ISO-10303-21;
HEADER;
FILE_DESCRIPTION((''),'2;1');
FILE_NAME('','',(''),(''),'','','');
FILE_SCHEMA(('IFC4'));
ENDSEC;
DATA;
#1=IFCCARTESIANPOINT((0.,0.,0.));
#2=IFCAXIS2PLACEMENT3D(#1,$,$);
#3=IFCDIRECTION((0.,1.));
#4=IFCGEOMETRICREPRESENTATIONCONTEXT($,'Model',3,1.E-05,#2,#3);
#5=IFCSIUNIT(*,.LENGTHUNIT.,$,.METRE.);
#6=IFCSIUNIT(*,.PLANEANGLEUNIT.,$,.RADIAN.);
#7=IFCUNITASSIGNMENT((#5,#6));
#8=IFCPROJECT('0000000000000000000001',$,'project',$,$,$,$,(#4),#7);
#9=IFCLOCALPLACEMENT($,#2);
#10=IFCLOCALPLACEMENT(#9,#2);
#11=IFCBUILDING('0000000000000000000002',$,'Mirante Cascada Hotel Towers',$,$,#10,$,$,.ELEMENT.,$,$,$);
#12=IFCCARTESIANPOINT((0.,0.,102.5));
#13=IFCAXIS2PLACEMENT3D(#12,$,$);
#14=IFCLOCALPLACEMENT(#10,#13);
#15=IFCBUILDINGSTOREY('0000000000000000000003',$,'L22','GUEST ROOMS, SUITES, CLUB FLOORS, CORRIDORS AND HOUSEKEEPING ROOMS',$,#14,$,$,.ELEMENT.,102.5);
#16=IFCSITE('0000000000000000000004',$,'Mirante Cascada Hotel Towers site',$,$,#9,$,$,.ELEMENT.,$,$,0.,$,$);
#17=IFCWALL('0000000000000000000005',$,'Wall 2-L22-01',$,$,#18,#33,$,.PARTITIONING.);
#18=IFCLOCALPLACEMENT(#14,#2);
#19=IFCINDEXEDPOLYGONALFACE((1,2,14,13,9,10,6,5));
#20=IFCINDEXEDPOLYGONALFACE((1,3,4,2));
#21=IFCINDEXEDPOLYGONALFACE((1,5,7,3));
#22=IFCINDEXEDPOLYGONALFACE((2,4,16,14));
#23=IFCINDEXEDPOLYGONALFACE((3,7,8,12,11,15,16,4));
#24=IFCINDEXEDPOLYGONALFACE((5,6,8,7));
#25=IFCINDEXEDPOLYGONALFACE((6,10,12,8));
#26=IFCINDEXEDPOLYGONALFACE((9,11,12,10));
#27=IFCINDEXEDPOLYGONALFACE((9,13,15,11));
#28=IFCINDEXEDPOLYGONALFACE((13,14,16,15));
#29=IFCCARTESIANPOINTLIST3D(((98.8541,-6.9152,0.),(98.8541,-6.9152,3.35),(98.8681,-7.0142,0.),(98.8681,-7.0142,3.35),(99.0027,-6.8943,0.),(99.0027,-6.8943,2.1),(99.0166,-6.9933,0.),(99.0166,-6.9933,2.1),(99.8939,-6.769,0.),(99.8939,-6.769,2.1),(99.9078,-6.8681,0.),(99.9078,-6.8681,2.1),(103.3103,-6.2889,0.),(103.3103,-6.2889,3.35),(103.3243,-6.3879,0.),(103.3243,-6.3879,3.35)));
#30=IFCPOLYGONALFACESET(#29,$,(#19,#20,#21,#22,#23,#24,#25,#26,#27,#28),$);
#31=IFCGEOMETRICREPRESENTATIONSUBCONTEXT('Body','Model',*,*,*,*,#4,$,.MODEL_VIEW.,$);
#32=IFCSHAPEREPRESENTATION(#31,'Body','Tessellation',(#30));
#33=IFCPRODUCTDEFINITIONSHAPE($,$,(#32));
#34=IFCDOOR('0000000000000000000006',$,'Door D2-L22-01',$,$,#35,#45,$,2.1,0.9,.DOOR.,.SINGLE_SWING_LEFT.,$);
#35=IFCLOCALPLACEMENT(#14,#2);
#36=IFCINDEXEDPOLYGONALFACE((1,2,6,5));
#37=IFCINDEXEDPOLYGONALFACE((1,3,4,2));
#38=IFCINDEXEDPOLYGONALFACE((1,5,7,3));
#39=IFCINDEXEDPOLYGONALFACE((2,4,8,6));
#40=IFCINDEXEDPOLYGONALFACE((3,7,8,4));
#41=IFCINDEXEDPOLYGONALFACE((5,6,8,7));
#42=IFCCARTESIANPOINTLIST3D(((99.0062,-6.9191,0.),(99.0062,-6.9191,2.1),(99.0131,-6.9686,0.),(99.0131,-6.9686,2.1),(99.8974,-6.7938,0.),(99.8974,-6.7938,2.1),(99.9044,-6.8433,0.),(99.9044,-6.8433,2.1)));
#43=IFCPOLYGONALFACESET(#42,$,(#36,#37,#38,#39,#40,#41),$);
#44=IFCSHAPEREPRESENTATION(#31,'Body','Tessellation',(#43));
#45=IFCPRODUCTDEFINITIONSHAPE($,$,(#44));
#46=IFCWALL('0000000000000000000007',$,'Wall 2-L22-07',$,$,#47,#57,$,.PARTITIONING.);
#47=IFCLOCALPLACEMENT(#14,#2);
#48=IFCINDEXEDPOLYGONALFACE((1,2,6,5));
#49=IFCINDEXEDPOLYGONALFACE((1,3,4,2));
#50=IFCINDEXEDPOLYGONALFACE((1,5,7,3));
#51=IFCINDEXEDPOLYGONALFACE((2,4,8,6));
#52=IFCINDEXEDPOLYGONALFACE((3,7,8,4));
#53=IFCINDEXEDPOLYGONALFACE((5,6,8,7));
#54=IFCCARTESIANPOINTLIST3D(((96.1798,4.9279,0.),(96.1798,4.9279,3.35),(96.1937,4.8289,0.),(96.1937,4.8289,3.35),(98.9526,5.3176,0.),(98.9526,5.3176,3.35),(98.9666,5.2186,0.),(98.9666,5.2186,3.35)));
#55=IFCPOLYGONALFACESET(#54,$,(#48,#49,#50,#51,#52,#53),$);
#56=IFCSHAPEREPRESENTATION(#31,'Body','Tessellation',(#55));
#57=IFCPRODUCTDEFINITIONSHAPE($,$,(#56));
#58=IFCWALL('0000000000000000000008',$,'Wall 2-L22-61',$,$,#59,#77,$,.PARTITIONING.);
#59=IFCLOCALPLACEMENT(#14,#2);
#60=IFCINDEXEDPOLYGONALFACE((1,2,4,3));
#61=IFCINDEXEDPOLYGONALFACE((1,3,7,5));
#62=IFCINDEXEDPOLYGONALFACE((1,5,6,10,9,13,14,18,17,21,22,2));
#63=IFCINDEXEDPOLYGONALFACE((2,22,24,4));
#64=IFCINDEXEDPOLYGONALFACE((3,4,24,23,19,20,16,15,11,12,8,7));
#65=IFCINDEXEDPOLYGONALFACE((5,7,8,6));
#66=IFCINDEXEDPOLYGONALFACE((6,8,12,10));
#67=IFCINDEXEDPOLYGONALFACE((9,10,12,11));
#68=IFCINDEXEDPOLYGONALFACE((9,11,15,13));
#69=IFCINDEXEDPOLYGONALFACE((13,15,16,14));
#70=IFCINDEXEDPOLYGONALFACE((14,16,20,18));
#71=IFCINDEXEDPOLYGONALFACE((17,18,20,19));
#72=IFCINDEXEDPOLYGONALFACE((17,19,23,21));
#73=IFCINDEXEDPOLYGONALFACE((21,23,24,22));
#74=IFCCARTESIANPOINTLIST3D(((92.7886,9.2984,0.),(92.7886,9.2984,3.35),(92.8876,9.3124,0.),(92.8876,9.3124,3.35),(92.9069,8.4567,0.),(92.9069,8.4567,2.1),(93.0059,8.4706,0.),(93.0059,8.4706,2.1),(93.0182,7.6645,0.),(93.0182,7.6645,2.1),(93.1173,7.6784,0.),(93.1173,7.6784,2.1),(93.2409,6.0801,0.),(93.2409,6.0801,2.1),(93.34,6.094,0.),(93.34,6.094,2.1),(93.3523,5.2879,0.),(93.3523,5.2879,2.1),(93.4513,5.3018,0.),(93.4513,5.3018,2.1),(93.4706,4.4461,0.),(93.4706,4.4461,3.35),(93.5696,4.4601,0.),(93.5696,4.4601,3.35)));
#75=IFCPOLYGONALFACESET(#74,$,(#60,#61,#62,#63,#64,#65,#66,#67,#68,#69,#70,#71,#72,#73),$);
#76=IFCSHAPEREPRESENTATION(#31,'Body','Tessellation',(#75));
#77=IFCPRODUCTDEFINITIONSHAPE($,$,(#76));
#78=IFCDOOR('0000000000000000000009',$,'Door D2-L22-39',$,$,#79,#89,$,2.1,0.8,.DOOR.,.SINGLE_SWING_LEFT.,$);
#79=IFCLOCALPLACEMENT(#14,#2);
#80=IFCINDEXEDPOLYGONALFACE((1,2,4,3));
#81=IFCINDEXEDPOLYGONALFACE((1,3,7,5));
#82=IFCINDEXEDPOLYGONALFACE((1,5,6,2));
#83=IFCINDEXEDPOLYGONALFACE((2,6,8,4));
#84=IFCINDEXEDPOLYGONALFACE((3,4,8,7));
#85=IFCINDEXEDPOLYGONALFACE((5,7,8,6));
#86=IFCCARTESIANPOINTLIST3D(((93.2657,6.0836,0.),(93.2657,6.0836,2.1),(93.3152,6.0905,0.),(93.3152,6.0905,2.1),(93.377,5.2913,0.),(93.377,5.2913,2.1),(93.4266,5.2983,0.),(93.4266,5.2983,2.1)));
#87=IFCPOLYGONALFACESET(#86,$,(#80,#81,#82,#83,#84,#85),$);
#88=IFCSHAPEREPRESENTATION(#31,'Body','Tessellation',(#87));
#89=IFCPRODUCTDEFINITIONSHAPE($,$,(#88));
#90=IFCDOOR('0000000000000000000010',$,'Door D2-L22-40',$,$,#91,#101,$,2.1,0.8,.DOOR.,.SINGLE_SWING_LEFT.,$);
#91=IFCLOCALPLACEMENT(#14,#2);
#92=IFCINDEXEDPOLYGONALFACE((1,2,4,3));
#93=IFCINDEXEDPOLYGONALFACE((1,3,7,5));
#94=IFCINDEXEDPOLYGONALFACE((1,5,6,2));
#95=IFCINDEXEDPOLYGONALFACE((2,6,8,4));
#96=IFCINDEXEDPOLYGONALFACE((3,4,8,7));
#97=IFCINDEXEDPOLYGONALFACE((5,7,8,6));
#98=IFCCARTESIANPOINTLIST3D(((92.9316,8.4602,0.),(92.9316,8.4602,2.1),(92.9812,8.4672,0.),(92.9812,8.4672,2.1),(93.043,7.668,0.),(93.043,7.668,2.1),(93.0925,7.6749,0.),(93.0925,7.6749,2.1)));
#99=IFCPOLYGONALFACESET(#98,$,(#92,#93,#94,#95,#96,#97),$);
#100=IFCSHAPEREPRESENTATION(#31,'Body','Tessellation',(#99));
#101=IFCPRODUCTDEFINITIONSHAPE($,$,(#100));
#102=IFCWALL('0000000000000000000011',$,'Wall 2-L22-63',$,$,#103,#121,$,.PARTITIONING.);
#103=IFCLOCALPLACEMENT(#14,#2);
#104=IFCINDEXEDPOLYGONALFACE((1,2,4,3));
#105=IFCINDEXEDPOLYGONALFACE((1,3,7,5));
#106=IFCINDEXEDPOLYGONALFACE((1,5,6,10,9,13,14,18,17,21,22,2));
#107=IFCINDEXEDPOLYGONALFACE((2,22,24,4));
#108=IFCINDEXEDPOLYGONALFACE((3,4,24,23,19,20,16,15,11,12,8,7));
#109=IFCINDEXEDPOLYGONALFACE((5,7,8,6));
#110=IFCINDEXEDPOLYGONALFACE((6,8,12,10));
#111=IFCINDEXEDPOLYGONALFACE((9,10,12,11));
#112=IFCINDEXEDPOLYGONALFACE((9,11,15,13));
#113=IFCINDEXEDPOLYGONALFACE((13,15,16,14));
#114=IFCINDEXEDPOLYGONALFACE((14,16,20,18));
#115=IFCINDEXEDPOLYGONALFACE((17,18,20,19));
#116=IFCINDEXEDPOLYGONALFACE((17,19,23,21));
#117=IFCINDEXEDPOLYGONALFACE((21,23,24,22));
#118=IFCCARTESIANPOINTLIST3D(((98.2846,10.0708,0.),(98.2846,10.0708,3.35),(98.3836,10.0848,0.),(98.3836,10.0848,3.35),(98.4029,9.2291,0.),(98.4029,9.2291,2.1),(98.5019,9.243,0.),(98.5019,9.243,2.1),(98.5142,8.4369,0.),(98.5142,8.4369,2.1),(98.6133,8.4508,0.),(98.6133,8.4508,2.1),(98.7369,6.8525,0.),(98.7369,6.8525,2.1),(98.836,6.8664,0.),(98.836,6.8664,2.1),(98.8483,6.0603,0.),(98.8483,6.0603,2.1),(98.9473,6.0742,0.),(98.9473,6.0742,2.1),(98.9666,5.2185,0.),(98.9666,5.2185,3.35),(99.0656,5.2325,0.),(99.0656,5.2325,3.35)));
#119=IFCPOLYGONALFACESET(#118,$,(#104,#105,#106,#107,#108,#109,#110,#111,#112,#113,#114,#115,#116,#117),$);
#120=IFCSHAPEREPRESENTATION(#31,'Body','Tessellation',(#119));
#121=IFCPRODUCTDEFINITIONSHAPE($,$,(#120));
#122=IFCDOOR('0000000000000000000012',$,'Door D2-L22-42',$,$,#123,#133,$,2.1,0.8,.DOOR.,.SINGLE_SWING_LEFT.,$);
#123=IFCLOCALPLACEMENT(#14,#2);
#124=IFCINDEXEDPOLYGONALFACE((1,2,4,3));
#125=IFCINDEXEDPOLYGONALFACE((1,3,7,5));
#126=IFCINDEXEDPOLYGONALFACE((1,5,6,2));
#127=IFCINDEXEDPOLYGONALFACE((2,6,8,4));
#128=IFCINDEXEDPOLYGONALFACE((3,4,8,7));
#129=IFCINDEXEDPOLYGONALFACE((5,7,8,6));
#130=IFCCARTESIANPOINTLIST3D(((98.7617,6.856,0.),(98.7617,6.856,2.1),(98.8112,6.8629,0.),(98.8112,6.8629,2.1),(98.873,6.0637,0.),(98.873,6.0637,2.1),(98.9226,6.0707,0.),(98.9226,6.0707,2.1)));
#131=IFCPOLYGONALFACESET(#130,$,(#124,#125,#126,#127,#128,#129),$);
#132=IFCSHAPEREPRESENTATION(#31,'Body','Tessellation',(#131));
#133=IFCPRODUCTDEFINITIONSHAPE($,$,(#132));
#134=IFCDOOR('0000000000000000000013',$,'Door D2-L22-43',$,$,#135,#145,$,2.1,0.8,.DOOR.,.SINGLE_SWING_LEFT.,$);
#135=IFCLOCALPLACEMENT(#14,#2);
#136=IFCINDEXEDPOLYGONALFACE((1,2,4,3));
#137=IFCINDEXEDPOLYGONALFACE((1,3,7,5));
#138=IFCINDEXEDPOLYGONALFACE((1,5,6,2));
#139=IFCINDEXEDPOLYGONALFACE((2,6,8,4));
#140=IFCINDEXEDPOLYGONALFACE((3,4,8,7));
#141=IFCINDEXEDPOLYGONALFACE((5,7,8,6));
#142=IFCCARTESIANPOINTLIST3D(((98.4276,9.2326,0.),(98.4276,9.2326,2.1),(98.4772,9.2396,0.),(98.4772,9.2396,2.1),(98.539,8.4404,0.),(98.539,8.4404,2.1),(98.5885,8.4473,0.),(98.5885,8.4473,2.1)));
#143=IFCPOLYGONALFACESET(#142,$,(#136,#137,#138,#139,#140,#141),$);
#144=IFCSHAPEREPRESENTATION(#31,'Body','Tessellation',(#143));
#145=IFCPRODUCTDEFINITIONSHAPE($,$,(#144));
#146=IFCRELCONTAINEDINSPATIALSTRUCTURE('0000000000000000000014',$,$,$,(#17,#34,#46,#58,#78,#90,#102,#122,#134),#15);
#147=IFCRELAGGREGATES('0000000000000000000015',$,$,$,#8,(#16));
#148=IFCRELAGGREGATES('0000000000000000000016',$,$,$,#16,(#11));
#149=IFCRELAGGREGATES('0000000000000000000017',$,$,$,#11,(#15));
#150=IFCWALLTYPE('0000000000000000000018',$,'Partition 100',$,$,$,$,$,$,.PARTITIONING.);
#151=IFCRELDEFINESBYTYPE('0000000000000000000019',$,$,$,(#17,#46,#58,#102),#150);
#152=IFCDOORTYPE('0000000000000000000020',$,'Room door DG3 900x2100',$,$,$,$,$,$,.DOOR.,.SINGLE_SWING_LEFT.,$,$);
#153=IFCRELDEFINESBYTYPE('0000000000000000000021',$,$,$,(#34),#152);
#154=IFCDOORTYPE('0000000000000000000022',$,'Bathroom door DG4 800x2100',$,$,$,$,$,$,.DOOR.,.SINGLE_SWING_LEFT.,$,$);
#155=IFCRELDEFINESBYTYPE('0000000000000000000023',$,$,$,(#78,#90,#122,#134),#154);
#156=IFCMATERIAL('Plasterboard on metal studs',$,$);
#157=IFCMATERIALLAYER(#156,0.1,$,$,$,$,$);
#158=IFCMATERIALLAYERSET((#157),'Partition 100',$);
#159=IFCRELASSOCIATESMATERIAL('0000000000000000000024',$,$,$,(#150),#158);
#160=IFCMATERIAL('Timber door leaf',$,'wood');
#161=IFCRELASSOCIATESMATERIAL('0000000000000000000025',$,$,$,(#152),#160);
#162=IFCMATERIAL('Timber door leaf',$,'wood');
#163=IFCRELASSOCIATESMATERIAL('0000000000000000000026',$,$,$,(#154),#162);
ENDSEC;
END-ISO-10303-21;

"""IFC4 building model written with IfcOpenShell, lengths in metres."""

from ifc_helpers import new_model, si_unit, direction, frame, frame_2d, origin, place, context, subcontext, project, spatial, rectangle, extrude, material, layer, layer_set, type_object, element, fill, save


model = new_model("IFC4")

# Units and contexts
model_context = context("Model", 3, precision=1e-05, world=origin(), true_north=direction((0.0, 1.0)))
body_context = subcontext(model_context, "Body", "Model", "MODEL_VIEW")
ifc_project = project(units=[si_unit("LENGTHUNIT", "METRE"), si_unit("PLANEANGLEUNIT", "RADIAN")], contexts=[model_context])

# Site, building, storey
site_placement = place(None, origin())
site = spatial("IfcSite", under=ifc_project, at=site_placement, Name="Mirante Cascada Hotel Towers site", CompositionType="ELEMENT", RefElevation=0.0)
building_placement = place(site_placement, origin())
building = spatial("IfcBuilding", under=site, at=building_placement, Name="Mirante Cascada Hotel Towers", CompositionType="ELEMENT")
storey_placement = place(building_placement, frame((0.0, 0.0, 102.5)))
storey = spatial("IfcBuildingStorey", under=building, at=storey_placement, Name="L22", Description="GUEST ROOMS, SUITES, CLUB FLOORS, CORRIDORS AND HOUSEKEEPING ROOMS", CompositionType="ELEMENT", Elevation=102.5)

# Wall, opening, door
ifc_material_1 = material(Name="Plasterboard on metal studs")
ifc_layer_1 = layer(ifc_material_1, 0.1)
ifc_layer_set_1 = layer_set([ifc_layer_1], Name="Partition 100")
wall_type_1 = type_object("IfcWallType", Name="Partition 100", PredefinedType="PARTITIONING", material=ifc_layer_set_1)
wall_1_placement = place(storey_placement, frame((98.8611, -6.9647, 0.0), z_axis=(0.0, 0.0, 1.0), x_axis=(0.990267, 0.139178, 0.0)))
wall_1 = element("IfcWall", 1, at=wall_1_placement, inside=storey, type_object=wall_type_1, Name="Wall 2-L22-01", PredefinedType="PARTITIONING", context=body_context, shape_type="SweptSolid", body=[
    extrude(rectangle(XDim=4.5, YDim=0.1, at=frame_2d((2.25, 0.0))), origin(), (0.0, 0.0, 1.0), 3.35),
])
opening_1_placement = place(wall_1_placement, frame((0.15, 0.0, 0.0)))
opening_1 = element("IfcOpeningElement", 2, at=opening_1_placement, cuts=wall_1, PredefinedType="OPENING", context=body_context, shape_type="SweptSolid", body=[
    extrude(rectangle(XDim=0.9, YDim=2.1, at=frame_2d((0.45, 1.05))), frame((0.0, 0.05, 0.0), z_axis=(0.0, -1.0, 0.0), x_axis=(1.0, 0.0, 0.0)), (0.0, 0.0, 1.0), 0.1),
])
ifc_material_2 = material(Name="Timber door leaf", Category="wood")
door_type_1 = type_object("IfcDoorType", Name="Room door DG3 900x2100", OperationType="SINGLE_SWING_LEFT", PredefinedType="DOOR", material=ifc_material_2)
door_1_placement = place(opening_1_placement, origin())
door_1 = element("IfcDoor", 3, at=door_1_placement, inside=storey, type_object=door_type_1, Name="Door D2-L22-01", OperationType="SINGLE_SWING_LEFT", OverallHeight=2.1, OverallWidth=0.9, PredefinedType="DOOR", context=body_context, shape_type="SweptSolid", body=[
    extrude(rectangle(XDim=0.9, YDim=2.1, at=frame_2d((0.45, 1.05))), frame((0.0, 0.025, 0.0), z_axis=(0.0, -1.0, 0.0), x_axis=(1.0, 0.0, 0.0)), (0.0, 0.0, 1.0), 0.05),
])
fill(opening_1, door_1)

# Wall
wall_2_placement = place(storey_placement, frame((96.1868, 4.8784, 0.0), z_axis=(0.0, 0.0, 1.0), x_axis=(0.990268, 0.139176, 0.0)))
element("IfcWall", 4, at=wall_2_placement, inside=storey, type_object=wall_type_1, Name="Wall 2-L22-07", PredefinedType="PARTITIONING", context=body_context, shape_type="SweptSolid", body=[
    extrude(rectangle(XDim=2.8001, YDim=0.1, at=frame_2d((1.4, 0.0))), origin(), (0.0, 0.0, 1.0), 3.35),
])

# Walls, openings, doors
wall_3_placement = place(storey_placement, frame((93.5201, 4.4531, 0.0), z_axis=(0.0, 0.0, 1.0), x_axis=(-0.139184, 0.990267, 0.0)))
wall_3 = element("IfcWall", 5, at=wall_3_placement, inside=storey, type_object=wall_type_1, Name="Wall 2-L22-61", PredefinedType="PARTITIONING", context=body_context, shape_type="SweptSolid", body=[
    extrude(rectangle(XDim=4.9, YDim=0.1, at=frame_2d((2.45, 0.0))), origin(), (0.0, 0.0, 1.0), 3.35),
])
opening_2_placement = place(wall_3_placement, frame((0.85, 0.0, 0.0)))
opening_2 = element("IfcOpeningElement", 6, at=opening_2_placement, cuts=wall_3, PredefinedType="OPENING", context=body_context, shape_type="SweptSolid", body=[
    extrude(rectangle(XDim=0.8, YDim=2.1, at=frame_2d((0.4, 1.05))), frame((0.0, 0.05, 0.0), z_axis=(0.0, -1.0, 0.0), x_axis=(1.0, 0.0, 0.0)), (0.0, 0.0, 1.0), 0.1),
])
opening_3_placement = place(wall_3_placement, frame((3.25, 0.0, 0.0)))
opening_3 = element("IfcOpeningElement", 7, at=opening_3_placement, cuts=wall_3, PredefinedType="OPENING", context=body_context, shape_type="SweptSolid", body=[
    extrude(rectangle(XDim=0.8, YDim=2.1, at=frame_2d((0.4, 1.05))), frame((0.0, 0.05, 0.0), z_axis=(0.0, -1.0, 0.0), x_axis=(1.0, 0.0, 0.0)), (0.0, 0.0, 1.0), 0.1),
])
ifc_material_3 = material(Name="Timber door leaf", Category="wood")
door_type_2 = type_object("IfcDoorType", Name="Bathroom door DG4 800x2100", OperationType="SINGLE_SWING_LEFT", PredefinedType="DOOR", material=ifc_material_3)
door_2_placement = place(opening_2_placement, origin())
door_2 = element("IfcDoor", 8, at=door_2_placement, inside=storey, type_object=door_type_2, Name="Door D2-L22-39", OperationType="SINGLE_SWING_LEFT", OverallHeight=2.1, OverallWidth=0.8, PredefinedType="DOOR", context=body_context, shape_type="SweptSolid", body=[
    extrude(rectangle(XDim=0.8, YDim=2.1, at=frame_2d((0.4, 1.05))), frame((0.0, 0.025, 0.0), z_axis=(0.0, -1.0, 0.0), x_axis=(1.0, 0.0, 0.0)), (0.0, 0.0, 1.0), 0.05),
])
fill(opening_2, door_2)
door_3_placement = place(opening_3_placement, origin())
door_3 = element("IfcDoor", 9, at=door_3_placement, inside=storey, type_object=door_type_2, Name="Door D2-L22-40", OperationType="SINGLE_SWING_LEFT", OverallHeight=2.1, OverallWidth=0.8, PredefinedType="DOOR", context=body_context, shape_type="SweptSolid", body=[
    extrude(rectangle(XDim=0.8, YDim=2.1, at=frame_2d((0.4, 1.05))), frame((0.0, 0.025, 0.0), z_axis=(0.0, -1.0, 0.0), x_axis=(1.0, 0.0, 0.0)), (0.0, 0.0, 1.0), 0.05),
])
fill(opening_3, door_3)
wall_4_placement = place(storey_placement, frame((99.0161, 5.2255, 0.0), z_axis=(0.0, 0.0, 1.0), x_axis=(-0.139184, 0.990267, 0.0)))
wall_4 = element("IfcWall", 10, at=wall_4_placement, inside=storey, type_object=wall_type_1, Name="Wall 2-L22-63", PredefinedType="PARTITIONING", context=body_context, shape_type="SweptSolid", body=[
    extrude(rectangle(XDim=4.9, YDim=0.1, at=frame_2d((2.45, 0.0))), origin(), (0.0, 0.0, 1.0), 3.35),
])
opening_4_placement = place(wall_4_placement, frame((0.85, 0.0, 0.0)))
opening_4 = element("IfcOpeningElement", 11, at=opening_4_placement, cuts=wall_4, PredefinedType="OPENING", context=body_context, shape_type="SweptSolid", body=[
    extrude(rectangle(XDim=0.8, YDim=2.1, at=frame_2d((0.4, 1.05))), frame((0.0, 0.05, 0.0), z_axis=(0.0, -1.0, 0.0), x_axis=(1.0, 0.0, 0.0)), (0.0, 0.0, 1.0), 0.1),
])
opening_5_placement = place(wall_4_placement, frame((3.25, 0.0, 0.0)))
opening_5 = element("IfcOpeningElement", 12, at=opening_5_placement, cuts=wall_4, PredefinedType="OPENING", context=body_context, shape_type="SweptSolid", body=[
    extrude(rectangle(XDim=0.8, YDim=2.1, at=frame_2d((0.4, 1.05))), frame((0.0, 0.05, 0.0), z_axis=(0.0, -1.0, 0.0), x_axis=(1.0, 0.0, 0.0)), (0.0, 0.0, 1.0), 0.1),
])
door_4_placement = place(opening_4_placement, origin())
door_4 = element("IfcDoor", 13, at=door_4_placement, inside=storey, type_object=door_type_2, Name="Door D2-L22-42", OperationType="SINGLE_SWING_LEFT", OverallHeight=2.1, OverallWidth=0.8, PredefinedType="DOOR", context=body_context, shape_type="SweptSolid", body=[
    extrude(rectangle(XDim=0.8, YDim=2.1, at=frame_2d((0.4, 1.05))), frame((0.0, 0.025, 0.0), z_axis=(0.0, -1.0, 0.0), x_axis=(1.0, 0.0, 0.0)), (0.0, 0.0, 1.0), 0.05),
])
fill(opening_4, door_4)
door_5_placement = place(opening_5_placement, origin())
door_5 = element("IfcDoor", 14, at=door_5_placement, inside=storey, type_object=door_type_2, Name="Door D2-L22-43", OperationType="SINGLE_SWING_LEFT", OverallHeight=2.1, OverallWidth=0.8, PredefinedType="DOOR", context=body_context, shape_type="SweptSolid", body=[
    extrude(rectangle(XDim=0.8, YDim=2.1, at=frame_2d((0.4, 1.05))), frame((0.0, 0.025, 0.0), z_axis=(0.0, -1.0, 0.0), x_axis=(1.0, 0.0, 0.0)), (0.0, 0.0, 1.0), 0.05),
])
fill(opening_5, door_5)

save(model, "model.ifc")
